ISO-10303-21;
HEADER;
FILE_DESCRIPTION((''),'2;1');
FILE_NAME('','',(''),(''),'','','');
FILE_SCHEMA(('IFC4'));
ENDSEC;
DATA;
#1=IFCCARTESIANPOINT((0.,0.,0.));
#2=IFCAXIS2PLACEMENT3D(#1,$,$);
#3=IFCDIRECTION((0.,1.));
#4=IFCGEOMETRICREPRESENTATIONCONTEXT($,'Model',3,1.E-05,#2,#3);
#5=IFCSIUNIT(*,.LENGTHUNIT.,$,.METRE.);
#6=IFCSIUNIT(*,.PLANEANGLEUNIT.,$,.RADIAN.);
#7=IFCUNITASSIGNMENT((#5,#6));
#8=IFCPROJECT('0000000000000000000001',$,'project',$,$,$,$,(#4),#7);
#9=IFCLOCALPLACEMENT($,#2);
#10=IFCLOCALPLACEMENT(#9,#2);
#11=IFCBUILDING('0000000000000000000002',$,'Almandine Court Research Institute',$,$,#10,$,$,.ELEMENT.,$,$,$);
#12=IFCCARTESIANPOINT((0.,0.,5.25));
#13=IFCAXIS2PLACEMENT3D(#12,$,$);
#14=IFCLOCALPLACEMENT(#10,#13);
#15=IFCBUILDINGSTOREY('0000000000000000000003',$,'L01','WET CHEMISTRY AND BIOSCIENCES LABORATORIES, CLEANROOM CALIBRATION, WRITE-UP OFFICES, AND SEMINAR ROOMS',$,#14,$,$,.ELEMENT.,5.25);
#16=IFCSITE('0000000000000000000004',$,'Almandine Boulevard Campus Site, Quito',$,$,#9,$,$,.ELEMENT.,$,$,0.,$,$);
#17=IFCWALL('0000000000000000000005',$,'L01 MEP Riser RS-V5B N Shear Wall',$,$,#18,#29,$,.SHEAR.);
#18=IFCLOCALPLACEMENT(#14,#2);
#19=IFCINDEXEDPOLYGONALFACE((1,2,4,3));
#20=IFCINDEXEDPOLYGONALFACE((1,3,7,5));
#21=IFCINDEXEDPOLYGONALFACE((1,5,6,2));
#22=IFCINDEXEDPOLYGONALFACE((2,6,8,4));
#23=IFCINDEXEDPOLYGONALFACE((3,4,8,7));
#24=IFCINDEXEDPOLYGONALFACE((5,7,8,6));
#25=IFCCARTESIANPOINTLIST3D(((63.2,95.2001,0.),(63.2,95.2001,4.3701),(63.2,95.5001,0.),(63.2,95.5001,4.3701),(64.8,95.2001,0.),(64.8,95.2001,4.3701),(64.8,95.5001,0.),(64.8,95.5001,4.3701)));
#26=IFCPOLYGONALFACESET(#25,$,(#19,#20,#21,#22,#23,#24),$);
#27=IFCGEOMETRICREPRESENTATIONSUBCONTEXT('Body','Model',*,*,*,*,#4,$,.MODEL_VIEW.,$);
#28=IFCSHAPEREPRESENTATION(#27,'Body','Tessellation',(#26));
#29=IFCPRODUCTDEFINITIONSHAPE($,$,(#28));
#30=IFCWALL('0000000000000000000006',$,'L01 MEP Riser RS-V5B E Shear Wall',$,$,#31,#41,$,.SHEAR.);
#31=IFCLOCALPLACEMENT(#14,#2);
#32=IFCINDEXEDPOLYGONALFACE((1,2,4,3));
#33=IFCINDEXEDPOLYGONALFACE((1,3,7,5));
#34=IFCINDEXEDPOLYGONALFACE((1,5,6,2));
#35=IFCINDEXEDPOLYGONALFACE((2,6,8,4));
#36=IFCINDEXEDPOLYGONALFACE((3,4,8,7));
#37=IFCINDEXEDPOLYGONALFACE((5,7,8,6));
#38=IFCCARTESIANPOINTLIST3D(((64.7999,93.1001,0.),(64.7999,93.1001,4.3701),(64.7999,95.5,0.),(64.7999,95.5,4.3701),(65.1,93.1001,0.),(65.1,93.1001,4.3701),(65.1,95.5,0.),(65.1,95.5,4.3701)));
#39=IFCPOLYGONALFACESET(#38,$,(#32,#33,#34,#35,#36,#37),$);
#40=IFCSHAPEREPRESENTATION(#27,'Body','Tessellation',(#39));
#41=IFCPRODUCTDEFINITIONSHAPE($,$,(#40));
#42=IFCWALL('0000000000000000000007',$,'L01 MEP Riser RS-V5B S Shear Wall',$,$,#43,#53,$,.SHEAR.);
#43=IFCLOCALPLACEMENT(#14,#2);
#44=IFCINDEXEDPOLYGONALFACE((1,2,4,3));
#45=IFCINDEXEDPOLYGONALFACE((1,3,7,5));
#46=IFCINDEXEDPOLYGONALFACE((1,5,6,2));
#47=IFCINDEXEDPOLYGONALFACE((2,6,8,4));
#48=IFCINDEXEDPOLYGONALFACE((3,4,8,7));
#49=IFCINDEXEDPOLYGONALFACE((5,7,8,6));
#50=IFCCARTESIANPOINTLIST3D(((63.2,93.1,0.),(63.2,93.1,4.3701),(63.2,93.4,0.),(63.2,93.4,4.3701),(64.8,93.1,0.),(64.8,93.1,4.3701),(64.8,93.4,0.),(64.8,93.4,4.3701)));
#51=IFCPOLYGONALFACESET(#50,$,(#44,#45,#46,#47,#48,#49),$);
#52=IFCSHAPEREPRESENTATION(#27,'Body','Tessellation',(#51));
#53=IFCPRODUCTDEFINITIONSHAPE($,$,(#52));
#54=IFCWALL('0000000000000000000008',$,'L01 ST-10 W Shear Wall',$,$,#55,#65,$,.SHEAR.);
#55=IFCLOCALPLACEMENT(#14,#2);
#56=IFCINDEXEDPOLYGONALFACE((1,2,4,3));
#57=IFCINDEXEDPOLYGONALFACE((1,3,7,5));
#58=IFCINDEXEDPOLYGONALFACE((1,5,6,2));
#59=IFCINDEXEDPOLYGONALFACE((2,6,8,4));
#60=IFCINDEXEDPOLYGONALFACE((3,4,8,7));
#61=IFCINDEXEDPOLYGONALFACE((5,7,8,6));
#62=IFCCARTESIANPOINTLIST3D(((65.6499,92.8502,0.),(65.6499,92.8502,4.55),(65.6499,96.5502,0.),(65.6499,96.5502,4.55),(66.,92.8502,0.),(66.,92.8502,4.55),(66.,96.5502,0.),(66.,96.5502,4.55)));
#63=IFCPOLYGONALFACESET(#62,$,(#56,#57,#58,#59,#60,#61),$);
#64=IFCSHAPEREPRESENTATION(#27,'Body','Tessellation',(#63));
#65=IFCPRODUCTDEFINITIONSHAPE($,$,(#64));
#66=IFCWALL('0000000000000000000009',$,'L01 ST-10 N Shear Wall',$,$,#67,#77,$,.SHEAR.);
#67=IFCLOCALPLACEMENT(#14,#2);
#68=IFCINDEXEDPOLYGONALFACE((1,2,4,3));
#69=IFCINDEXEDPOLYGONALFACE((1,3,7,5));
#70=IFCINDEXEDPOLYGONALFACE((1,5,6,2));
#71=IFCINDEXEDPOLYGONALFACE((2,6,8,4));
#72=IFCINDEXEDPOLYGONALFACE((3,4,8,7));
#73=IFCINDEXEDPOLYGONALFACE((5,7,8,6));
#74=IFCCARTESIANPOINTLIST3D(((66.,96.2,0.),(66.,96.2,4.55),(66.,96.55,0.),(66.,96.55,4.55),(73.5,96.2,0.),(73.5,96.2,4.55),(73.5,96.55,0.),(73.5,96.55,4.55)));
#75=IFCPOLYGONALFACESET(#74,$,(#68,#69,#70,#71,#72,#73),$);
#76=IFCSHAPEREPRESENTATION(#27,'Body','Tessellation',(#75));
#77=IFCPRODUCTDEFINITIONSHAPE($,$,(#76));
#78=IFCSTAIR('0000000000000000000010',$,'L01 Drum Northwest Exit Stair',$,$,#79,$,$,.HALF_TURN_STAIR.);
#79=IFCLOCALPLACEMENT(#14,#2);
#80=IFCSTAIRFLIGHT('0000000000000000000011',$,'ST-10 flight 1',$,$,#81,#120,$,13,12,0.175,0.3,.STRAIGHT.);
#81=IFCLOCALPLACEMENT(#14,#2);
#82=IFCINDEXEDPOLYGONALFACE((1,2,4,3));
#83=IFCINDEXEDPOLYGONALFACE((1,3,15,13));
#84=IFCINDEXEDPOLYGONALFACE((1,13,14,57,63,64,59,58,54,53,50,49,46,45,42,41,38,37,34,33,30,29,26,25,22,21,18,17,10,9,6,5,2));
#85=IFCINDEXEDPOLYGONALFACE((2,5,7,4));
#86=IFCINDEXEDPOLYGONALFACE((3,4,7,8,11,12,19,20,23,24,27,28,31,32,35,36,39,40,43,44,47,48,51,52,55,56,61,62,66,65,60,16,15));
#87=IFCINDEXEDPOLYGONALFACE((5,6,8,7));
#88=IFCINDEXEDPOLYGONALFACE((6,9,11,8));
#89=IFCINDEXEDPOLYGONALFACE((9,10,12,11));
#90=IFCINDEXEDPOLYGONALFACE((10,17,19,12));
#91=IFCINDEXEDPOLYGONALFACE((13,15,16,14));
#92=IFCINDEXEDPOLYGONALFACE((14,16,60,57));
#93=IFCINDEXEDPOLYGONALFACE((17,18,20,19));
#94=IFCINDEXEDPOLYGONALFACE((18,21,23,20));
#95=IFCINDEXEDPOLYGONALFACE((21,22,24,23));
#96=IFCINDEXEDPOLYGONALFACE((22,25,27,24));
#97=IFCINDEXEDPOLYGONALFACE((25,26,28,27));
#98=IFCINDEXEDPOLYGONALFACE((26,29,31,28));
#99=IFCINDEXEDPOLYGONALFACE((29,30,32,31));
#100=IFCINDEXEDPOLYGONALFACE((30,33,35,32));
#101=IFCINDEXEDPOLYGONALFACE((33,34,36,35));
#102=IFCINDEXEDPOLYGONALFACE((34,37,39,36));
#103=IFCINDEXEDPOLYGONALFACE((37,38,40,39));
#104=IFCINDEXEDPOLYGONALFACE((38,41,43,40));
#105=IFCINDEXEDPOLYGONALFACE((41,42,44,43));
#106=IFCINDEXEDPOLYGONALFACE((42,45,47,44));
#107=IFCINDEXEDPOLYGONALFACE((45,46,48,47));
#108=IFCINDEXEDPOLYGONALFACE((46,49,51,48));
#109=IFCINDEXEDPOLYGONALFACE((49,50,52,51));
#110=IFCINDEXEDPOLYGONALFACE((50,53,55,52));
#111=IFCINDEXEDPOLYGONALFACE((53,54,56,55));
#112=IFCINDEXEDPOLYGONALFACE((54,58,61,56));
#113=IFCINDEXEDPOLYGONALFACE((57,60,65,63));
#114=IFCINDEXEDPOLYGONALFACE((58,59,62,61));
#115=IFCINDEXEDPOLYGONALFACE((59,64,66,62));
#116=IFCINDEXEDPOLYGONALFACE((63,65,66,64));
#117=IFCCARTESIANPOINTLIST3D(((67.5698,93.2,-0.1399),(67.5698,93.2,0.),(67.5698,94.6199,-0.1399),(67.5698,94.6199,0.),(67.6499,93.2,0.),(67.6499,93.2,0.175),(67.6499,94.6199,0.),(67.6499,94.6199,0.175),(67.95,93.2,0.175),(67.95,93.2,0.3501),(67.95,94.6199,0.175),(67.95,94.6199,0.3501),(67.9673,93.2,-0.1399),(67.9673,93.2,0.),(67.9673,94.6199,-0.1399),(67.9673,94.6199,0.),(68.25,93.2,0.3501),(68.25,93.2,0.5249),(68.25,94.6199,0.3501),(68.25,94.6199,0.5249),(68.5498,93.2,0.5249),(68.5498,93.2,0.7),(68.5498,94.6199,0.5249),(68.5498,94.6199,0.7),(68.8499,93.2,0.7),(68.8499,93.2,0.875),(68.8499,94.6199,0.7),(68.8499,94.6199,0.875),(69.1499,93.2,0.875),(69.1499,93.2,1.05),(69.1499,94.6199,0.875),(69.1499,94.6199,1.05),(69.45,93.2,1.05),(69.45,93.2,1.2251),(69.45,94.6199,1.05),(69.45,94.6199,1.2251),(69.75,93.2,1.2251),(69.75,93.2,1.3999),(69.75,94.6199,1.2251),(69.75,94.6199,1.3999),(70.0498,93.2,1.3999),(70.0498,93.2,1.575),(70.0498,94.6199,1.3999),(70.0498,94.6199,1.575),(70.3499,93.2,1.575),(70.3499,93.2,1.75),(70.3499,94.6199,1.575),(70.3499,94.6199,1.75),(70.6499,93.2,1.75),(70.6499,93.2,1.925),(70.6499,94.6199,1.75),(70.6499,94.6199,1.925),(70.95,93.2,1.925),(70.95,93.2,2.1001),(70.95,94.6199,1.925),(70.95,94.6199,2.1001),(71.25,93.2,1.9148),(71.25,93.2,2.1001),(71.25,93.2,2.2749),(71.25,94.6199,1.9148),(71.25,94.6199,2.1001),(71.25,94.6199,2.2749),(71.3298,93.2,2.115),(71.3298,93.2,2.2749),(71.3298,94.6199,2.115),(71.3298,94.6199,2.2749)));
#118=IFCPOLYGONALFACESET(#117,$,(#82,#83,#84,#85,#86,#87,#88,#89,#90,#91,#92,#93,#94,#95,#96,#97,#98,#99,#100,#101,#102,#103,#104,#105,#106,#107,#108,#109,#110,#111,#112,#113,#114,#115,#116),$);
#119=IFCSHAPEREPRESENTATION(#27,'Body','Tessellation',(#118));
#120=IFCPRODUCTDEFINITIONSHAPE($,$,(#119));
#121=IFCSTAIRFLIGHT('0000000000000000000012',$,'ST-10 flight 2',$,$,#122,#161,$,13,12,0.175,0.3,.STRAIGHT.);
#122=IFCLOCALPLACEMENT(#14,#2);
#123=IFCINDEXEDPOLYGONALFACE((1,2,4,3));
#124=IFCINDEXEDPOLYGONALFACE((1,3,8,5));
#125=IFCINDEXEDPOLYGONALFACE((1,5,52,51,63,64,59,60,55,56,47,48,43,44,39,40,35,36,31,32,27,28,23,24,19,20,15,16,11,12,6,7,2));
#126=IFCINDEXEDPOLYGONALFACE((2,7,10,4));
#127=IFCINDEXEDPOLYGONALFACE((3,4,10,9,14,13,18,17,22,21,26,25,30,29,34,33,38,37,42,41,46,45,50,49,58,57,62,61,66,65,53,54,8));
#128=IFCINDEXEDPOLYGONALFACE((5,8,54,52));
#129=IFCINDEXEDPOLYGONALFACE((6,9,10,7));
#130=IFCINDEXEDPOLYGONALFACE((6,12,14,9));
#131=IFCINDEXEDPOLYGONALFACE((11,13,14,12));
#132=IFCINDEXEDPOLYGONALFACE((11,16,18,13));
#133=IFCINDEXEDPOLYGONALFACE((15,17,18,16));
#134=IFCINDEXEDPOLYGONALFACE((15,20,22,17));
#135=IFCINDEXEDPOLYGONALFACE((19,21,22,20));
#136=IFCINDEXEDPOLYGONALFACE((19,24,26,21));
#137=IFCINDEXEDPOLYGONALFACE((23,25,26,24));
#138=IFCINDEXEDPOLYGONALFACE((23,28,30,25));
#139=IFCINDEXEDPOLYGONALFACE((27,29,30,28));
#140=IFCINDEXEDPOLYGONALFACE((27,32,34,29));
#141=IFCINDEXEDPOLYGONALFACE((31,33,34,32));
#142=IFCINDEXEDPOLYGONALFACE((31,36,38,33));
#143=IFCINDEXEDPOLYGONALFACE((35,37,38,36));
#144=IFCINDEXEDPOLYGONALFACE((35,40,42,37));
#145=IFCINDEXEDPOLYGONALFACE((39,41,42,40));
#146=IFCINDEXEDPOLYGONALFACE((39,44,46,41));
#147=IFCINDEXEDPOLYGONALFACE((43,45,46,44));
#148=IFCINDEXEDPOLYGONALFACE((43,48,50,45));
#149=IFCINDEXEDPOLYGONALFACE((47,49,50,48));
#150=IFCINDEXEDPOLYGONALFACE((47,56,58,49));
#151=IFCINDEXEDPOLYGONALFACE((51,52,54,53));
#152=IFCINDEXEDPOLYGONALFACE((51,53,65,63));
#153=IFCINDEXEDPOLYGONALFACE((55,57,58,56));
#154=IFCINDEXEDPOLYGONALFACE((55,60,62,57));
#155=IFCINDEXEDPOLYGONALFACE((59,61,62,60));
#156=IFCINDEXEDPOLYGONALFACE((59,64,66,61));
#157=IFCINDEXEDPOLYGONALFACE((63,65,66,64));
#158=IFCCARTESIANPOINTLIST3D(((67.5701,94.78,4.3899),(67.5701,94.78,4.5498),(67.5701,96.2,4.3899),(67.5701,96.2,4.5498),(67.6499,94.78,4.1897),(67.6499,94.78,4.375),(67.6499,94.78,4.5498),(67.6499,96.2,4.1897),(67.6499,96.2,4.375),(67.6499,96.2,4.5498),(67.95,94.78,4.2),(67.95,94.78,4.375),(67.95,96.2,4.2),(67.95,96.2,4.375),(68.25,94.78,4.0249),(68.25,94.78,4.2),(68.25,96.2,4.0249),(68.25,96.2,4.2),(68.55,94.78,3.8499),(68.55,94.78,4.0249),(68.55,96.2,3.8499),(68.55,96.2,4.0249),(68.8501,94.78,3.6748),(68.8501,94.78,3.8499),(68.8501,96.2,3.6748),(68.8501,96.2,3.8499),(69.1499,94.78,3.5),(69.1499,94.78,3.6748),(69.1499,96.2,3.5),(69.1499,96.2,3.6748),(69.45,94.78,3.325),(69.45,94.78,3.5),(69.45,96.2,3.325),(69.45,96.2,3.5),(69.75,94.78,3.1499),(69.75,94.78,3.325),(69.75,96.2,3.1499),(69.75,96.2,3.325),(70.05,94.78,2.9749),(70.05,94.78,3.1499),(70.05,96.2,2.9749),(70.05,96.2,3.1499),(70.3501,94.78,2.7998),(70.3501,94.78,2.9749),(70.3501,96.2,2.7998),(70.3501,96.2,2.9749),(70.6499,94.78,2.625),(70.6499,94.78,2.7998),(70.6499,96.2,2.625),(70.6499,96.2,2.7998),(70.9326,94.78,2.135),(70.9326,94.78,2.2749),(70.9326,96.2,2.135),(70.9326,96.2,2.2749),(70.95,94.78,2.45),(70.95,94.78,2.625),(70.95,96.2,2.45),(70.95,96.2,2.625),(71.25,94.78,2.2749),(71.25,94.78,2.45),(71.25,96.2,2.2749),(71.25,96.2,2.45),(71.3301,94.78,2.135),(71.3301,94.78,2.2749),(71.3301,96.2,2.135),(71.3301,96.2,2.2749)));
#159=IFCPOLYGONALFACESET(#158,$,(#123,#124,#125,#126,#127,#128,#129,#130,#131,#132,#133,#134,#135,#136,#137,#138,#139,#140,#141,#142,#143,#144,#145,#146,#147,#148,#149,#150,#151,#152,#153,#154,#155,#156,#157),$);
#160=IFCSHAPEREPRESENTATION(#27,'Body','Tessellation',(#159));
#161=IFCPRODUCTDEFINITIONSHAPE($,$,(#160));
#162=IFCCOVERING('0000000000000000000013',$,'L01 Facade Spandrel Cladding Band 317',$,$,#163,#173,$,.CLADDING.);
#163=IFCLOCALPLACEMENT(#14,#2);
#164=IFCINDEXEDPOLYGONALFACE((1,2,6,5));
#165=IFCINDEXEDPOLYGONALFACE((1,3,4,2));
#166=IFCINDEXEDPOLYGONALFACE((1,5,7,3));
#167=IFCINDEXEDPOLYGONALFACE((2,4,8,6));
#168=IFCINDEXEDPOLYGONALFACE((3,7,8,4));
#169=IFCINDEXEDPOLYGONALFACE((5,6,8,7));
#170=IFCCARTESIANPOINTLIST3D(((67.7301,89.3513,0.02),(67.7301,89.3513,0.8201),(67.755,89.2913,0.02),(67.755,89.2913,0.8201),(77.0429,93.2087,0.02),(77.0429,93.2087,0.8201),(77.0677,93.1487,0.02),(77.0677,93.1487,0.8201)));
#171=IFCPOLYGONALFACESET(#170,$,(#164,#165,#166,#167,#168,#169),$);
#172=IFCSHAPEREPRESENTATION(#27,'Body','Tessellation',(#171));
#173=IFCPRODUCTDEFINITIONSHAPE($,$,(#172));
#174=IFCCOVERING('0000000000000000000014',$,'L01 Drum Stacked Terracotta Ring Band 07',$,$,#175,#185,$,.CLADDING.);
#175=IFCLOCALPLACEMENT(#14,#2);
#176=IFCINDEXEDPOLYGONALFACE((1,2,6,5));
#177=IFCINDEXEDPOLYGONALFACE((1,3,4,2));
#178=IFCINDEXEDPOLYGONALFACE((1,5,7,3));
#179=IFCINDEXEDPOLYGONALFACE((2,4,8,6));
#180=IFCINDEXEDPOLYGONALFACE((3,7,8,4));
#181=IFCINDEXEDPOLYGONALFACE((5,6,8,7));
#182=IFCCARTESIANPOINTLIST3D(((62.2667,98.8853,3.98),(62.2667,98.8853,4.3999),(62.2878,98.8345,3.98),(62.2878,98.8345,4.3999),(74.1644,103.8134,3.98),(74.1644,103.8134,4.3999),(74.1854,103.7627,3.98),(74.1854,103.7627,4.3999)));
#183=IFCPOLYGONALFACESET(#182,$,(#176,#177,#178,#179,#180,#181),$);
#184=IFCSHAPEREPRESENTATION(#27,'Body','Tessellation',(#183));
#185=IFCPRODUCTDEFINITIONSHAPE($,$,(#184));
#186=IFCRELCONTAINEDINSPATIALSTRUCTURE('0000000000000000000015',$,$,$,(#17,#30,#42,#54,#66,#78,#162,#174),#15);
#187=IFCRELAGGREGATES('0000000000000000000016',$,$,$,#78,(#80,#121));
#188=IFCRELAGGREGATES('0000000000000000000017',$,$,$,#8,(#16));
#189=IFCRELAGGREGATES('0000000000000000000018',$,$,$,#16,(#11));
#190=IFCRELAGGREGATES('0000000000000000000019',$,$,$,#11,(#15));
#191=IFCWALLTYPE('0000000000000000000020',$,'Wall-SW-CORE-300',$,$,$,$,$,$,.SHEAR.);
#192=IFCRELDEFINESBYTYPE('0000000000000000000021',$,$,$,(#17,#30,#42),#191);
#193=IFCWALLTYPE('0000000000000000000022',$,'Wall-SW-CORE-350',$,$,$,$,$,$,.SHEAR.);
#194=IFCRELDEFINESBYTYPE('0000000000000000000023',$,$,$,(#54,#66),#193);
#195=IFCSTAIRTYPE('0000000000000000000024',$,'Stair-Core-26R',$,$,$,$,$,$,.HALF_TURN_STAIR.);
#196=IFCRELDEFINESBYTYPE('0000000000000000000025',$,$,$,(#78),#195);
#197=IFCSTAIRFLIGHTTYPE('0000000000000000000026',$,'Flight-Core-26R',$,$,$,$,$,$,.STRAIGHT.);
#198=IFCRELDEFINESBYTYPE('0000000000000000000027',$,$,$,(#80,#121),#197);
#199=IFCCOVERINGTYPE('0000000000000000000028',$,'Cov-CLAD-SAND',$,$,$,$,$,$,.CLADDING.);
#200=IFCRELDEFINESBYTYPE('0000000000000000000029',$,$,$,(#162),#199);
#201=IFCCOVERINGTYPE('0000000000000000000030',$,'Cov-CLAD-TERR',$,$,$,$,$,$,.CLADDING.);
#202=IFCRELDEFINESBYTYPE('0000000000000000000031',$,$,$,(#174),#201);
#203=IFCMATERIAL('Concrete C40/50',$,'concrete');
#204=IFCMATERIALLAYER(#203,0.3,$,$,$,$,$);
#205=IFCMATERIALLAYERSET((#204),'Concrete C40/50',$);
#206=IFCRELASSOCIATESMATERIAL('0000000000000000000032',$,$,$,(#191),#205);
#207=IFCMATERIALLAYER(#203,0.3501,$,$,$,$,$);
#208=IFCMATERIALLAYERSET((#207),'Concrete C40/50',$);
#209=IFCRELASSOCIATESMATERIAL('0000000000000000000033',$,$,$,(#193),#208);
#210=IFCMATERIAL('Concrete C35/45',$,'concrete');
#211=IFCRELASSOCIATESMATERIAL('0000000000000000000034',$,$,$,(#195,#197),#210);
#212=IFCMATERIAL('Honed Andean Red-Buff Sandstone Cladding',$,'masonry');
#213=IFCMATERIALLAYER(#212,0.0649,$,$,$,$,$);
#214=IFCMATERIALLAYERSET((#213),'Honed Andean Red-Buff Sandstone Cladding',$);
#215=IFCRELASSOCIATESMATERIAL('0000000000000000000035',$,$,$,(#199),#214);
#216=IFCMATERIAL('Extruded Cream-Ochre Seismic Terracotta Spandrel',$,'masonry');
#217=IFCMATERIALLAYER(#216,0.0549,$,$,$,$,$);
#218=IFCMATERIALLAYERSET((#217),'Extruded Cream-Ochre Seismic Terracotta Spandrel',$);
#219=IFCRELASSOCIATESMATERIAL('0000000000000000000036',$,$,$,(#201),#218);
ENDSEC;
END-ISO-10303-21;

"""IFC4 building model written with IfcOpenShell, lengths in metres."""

from ifc_helpers import new_model, si_unit, direction, frame, frame_2d, origin, origin_2d, place, context, subcontext, project, spatial, polyline, rectangle, outline, extrude, material, layer, layer_set, type_object, element, aggregate, save


model = new_model("IFC4")

# Units and contexts
model_context = context("Model", 3, precision=1e-05, world=origin(), true_north=direction((0.0, 1.0)))
body_context = subcontext(model_context, "Body", "Model", "MODEL_VIEW")
ifc_project = project(units=[si_unit("LENGTHUNIT", "METRE"), si_unit("PLANEANGLEUNIT", "RADIAN")], contexts=[model_context])

# Site, building, storey
site_placement = place(None, origin())
site = spatial("IfcSite", under=ifc_project, at=site_placement, Name="Almandine Boulevard Campus Site, Quito", CompositionType="ELEMENT", RefElevation=0.0)
building_placement = place(site_placement, origin())
building = spatial("IfcBuilding", under=site, at=building_placement, Name="Almandine Court Research Institute", CompositionType="ELEMENT")
storey_placement = place(building_placement, frame((0.0, 0.0, 5.25)))
storey = spatial("IfcBuildingStorey", under=building, at=storey_placement, Name="L01", Description="WET CHEMISTRY AND BIOSCIENCES LABORATORIES, CLEANROOM CALIBRATION, WRITE-UP OFFICES, AND SEMINAR ROOMS", CompositionType="ELEMENT", Elevation=5.25)

# Walls
ifc_material_1 = material(Name="Concrete C40/50", Category="concrete")
ifc_layer_1 = layer(ifc_material_1, 0.3)
ifc_layer_set_1 = layer_set([ifc_layer_1], Name="Concrete C40/50")
wall_type_1 = type_object("IfcWallType", Name="Wall-SW-CORE-300", PredefinedType="SHEAR", material=ifc_layer_set_1)
wall_1_placement = place(storey_placement, frame((63.2, 95.3501, 0.0), z_axis=(0.0, 0.0, 1.0), x_axis=(1.0, 0.0, 0.0)))
element("IfcWall", 1, at=wall_1_placement, inside=storey, type_object=wall_type_1, Name="L01 MEP Riser RS-V5B N Shear Wall", PredefinedType="SHEAR", context=body_context, shape_type="SweptSolid", body=[
    extrude(rectangle(XDim=1.6001, YDim=0.3, at=frame_2d((0.8, 0.0))), origin(), (0.0, 0.0, 1.0), 4.3701),
])
wall_2_placement = place(storey_placement, frame((64.95, 95.5, 0.0), z_axis=(0.0, 0.0, 1.0), x_axis=(0.0, -1.0, 0.0)))
element("IfcWall", 2, at=wall_2_placement, inside=storey, type_object=wall_type_1, Name="L01 MEP Riser RS-V5B E Shear Wall", PredefinedType="SHEAR", context=body_context, shape_type="SweptSolid", body=[
    extrude(rectangle(XDim=2.3999, YDim=0.3, at=frame_2d((1.2, 0.0))), origin(), (0.0, 0.0, 1.0), 4.3701),
])
wall_3_placement = place(storey_placement, frame((64.8, 93.25, 0.0), z_axis=(0.0, 0.0, 1.0), x_axis=(-1.0, 0.0, 0.0)))
element("IfcWall", 3, at=wall_3_placement, inside=storey, type_object=wall_type_1, Name="L01 MEP Riser RS-V5B S Shear Wall", PredefinedType="SHEAR", context=body_context, shape_type="SweptSolid", body=[
    extrude(rectangle(XDim=1.6001, YDim=0.3, at=frame_2d((0.8, 0.0))), origin(), (0.0, 0.0, 1.0), 4.3701),
])
ifc_layer_2 = layer(ifc_material_1, 0.3501)
ifc_layer_set_2 = layer_set([ifc_layer_2], Name="Concrete C40/50")
wall_type_2 = type_object("IfcWallType", Name="Wall-SW-CORE-350", PredefinedType="SHEAR", material=ifc_layer_set_2)
wall_4_placement = place(storey_placement, frame((65.825, 92.8501, 0.0), z_axis=(0.0, 0.0, 1.0), x_axis=(0.0, 1.0, 0.0)))
element("IfcWall", 4, at=wall_4_placement, inside=storey, type_object=wall_type_2, Name="L01 ST-10 W Shear Wall", PredefinedType="SHEAR", context=body_context, shape_type="SweptSolid", body=[
    extrude(rectangle(XDim=3.7, YDim=0.3501, at=frame_2d((1.8501, 0.0))), origin(), (0.0, 0.0, 1.0), 4.55),
])
wall_5_placement = place(storey_placement, frame((66.0, 96.375, 0.0), z_axis=(0.0, 0.0, 1.0), x_axis=(1.0, 0.0, 0.0)))
element("IfcWall", 5, at=wall_5_placement, inside=storey, type_object=wall_type_2, Name="L01 ST-10 N Shear Wall", PredefinedType="SHEAR", context=body_context, shape_type="SweptSolid", body=[
    extrude(rectangle(XDim=7.5, YDim=0.3501, at=frame_2d((3.75, 0.0))), origin(), (0.0, 0.0, 1.0), 4.55),
])

# Stair, stair flights
ifc_material_2 = material(Name="Concrete C35/45", Category="concrete")
stair_type = type_object("IfcStairType", Name="Stair-Core-26R", PredefinedType="HALF_TURN_STAIR", material=ifc_material_2)
stair_placement = place(storey_placement, origin())
stair = element("IfcStair", 6, at=stair_placement, inside=storey, type_object=stair_type, Name="L01 Drum Northwest Exit Stair", PredefinedType="HALF_TURN_STAIR")
stair_flight_type = type_object("IfcStairFlightType", Name="Flight-Core-26R", PredefinedType="STRAIGHT", material=ifc_material_2)
stair_flight_1_placement = place(storey_placement, frame((67.6499, 93.9099, 0.0), z_axis=(0.0, 0.0, 1.0), x_axis=(1.0, 0.0, 0.0)))
stair_flight_1 = element("IfcStairFlight", 7, at=stair_flight_1_placement, type_object=stair_flight_type, Name="ST-10 flight 1", NumberOfRisers=13, NumberOfTreads=12, PredefinedType="STRAIGHT", RiserHeight=0.175, TreadLength=0.3, context=body_context, shape_type="SweptSolid", body=[
    extrude(outline(polyline([(-0.0801, -0.1399), (-0.0801, 0.0), (0.0, 0.0), (0.0, 0.175), (0.3, 0.175), (0.3, 0.3501), (0.6001, 0.3501), (0.6001, 0.5249), (0.8999, 0.5249), (0.8999, 0.7), (1.2, 0.7), (1.2, 0.875), (1.5, 0.875), (1.5, 1.05), (1.8, 1.05), (1.8, 1.2251), (2.1001, 1.2251), (2.1001, 1.3999), (2.3999, 1.3999), (2.3999, 1.575), (2.7, 1.575), (2.7, 1.75), (3.0, 1.75), (3.0, 1.925), (3.3, 1.925), (3.3, 2.1001), (3.6001, 2.1001), (3.6001, 2.2749), (3.6799, 2.2749), (3.6799, 2.115), (3.6001, 1.9148), (0.3174, 0.0), (0.3174, -0.1399), (-0.0801, -0.1399)])), frame((0.0, 0.71, 0.0), z_axis=(0.0, -1.0, 0.0), x_axis=(1.0, 0.0, 0.0)), (0.0, 0.0, 1.0), 1.4199),
])
stair_flight_2_placement = place(storey_placement, frame((71.25, 95.49, 2.2749), z_axis=(0.0, 0.0, 1.0), x_axis=(-1.0, 0.0, 0.0)))
stair_flight_2 = element("IfcStairFlight", 8, at=stair_flight_2_placement, type_object=stair_flight_type, Name="ST-10 flight 2", NumberOfRisers=13, NumberOfTreads=12, PredefinedType="STRAIGHT", RiserHeight=0.175, TreadLength=0.3, context=body_context, shape_type="SweptSolid", body=[
    extrude(outline(polyline([(-0.0801, -0.1399), (-0.0801, 0.0), (0.0, 0.0), (0.0, 0.175), (0.3, 0.175), (0.3, 0.3501), (0.6001, 0.3501), (0.6001, 0.5249), (0.8999, 0.5249), (0.8999, 0.7), (1.2, 0.7), (1.2, 0.875), (1.5, 0.875), (1.5, 1.05), (1.8, 1.05), (1.8, 1.2251), (2.1001, 1.2251), (2.1001, 1.3999), (2.3999, 1.3999), (2.3999, 1.575), (2.7, 1.575), (2.7, 1.75), (3.0, 1.75), (3.0, 1.925), (3.3, 1.925), (3.3, 2.1001), (3.6001, 2.1001), (3.6001, 2.2749), (3.6799, 2.2749), (3.6799, 2.115), (3.6001, 1.9148), (0.3174, 0.0), (0.3174, -0.1399), (-0.0801, -0.1399)])), frame((0.0, 0.71, 0.0), z_axis=(0.0, -1.0, 0.0), x_axis=(1.0, 0.0, 0.0)), (0.0, 0.0, 1.0), 1.4199),
])
aggregate(stair, [stair_flight_1, stair_flight_2])

# Coverings
ifc_material_3 = material(Name="Honed Andean Red-Buff Sandstone Cladding", Category="masonry")
ifc_layer_3 = layer(ifc_material_3, 0.0649)
ifc_layer_set_3 = layer_set([ifc_layer_3], Name="Honed Andean Red-Buff Sandstone Cladding")
covering_type_1 = type_object("IfcCoveringType", Name="Cov-CLAD-SAND", PredefinedType="CLADDING", material=ifc_layer_set_3)
covering_1_placement = place(storey_placement, frame((72.3989, 91.25, 0.02), z_axis=(0.0, 0.0, 1.0), x_axis=(-0.92388, -0.382683, 0.0)))
element("IfcCovering", 9, at=covering_1_placement, inside=storey, type_object=covering_type_1, Name="L01 Facade Spandrel Cladding Band 317", PredefinedType="CLADDING", context=body_context, shape_type="SweptSolid", body=[
    extrude(rectangle(XDim=10.0801, YDim=0.0649, at=origin_2d()), origin(), (0.0, 0.0, 1.0), 0.8),
])
ifc_material_4 = material(Name="Extruded Cream-Ochre Seismic Terracotta Spandrel", Category="masonry")
ifc_layer_4 = layer(ifc_material_4, 0.0549)
ifc_layer_set_4 = layer_set([ifc_layer_4], Name="Extruded Cream-Ochre Seismic Terracotta Spandrel")
covering_type_2 = type_object("IfcCoveringType", Name="Cov-CLAD-TERR", PredefinedType="CLADDING", material=ifc_layer_set_4)
covering_2_placement = place(storey_placement, frame((68.2261, 101.324, 3.98), z_axis=(0.0, 0.0, 1.0), x_axis=(0.92388, 0.382683, 0.0)))
element("IfcCovering", 10, at=covering_2_placement, inside=storey, type_object=covering_type_2, Name="L01 Drum Stacked Terracotta Ring Band 07", PredefinedType="CLADDING", context=body_context, shape_type="SweptSolid", body=[
    extrude(rectangle(XDim=12.8779, YDim=0.0549, at=origin_2d()), origin(), (0.0, 0.0, 1.0), 0.4199),
])

save(model, "model.ifc")
